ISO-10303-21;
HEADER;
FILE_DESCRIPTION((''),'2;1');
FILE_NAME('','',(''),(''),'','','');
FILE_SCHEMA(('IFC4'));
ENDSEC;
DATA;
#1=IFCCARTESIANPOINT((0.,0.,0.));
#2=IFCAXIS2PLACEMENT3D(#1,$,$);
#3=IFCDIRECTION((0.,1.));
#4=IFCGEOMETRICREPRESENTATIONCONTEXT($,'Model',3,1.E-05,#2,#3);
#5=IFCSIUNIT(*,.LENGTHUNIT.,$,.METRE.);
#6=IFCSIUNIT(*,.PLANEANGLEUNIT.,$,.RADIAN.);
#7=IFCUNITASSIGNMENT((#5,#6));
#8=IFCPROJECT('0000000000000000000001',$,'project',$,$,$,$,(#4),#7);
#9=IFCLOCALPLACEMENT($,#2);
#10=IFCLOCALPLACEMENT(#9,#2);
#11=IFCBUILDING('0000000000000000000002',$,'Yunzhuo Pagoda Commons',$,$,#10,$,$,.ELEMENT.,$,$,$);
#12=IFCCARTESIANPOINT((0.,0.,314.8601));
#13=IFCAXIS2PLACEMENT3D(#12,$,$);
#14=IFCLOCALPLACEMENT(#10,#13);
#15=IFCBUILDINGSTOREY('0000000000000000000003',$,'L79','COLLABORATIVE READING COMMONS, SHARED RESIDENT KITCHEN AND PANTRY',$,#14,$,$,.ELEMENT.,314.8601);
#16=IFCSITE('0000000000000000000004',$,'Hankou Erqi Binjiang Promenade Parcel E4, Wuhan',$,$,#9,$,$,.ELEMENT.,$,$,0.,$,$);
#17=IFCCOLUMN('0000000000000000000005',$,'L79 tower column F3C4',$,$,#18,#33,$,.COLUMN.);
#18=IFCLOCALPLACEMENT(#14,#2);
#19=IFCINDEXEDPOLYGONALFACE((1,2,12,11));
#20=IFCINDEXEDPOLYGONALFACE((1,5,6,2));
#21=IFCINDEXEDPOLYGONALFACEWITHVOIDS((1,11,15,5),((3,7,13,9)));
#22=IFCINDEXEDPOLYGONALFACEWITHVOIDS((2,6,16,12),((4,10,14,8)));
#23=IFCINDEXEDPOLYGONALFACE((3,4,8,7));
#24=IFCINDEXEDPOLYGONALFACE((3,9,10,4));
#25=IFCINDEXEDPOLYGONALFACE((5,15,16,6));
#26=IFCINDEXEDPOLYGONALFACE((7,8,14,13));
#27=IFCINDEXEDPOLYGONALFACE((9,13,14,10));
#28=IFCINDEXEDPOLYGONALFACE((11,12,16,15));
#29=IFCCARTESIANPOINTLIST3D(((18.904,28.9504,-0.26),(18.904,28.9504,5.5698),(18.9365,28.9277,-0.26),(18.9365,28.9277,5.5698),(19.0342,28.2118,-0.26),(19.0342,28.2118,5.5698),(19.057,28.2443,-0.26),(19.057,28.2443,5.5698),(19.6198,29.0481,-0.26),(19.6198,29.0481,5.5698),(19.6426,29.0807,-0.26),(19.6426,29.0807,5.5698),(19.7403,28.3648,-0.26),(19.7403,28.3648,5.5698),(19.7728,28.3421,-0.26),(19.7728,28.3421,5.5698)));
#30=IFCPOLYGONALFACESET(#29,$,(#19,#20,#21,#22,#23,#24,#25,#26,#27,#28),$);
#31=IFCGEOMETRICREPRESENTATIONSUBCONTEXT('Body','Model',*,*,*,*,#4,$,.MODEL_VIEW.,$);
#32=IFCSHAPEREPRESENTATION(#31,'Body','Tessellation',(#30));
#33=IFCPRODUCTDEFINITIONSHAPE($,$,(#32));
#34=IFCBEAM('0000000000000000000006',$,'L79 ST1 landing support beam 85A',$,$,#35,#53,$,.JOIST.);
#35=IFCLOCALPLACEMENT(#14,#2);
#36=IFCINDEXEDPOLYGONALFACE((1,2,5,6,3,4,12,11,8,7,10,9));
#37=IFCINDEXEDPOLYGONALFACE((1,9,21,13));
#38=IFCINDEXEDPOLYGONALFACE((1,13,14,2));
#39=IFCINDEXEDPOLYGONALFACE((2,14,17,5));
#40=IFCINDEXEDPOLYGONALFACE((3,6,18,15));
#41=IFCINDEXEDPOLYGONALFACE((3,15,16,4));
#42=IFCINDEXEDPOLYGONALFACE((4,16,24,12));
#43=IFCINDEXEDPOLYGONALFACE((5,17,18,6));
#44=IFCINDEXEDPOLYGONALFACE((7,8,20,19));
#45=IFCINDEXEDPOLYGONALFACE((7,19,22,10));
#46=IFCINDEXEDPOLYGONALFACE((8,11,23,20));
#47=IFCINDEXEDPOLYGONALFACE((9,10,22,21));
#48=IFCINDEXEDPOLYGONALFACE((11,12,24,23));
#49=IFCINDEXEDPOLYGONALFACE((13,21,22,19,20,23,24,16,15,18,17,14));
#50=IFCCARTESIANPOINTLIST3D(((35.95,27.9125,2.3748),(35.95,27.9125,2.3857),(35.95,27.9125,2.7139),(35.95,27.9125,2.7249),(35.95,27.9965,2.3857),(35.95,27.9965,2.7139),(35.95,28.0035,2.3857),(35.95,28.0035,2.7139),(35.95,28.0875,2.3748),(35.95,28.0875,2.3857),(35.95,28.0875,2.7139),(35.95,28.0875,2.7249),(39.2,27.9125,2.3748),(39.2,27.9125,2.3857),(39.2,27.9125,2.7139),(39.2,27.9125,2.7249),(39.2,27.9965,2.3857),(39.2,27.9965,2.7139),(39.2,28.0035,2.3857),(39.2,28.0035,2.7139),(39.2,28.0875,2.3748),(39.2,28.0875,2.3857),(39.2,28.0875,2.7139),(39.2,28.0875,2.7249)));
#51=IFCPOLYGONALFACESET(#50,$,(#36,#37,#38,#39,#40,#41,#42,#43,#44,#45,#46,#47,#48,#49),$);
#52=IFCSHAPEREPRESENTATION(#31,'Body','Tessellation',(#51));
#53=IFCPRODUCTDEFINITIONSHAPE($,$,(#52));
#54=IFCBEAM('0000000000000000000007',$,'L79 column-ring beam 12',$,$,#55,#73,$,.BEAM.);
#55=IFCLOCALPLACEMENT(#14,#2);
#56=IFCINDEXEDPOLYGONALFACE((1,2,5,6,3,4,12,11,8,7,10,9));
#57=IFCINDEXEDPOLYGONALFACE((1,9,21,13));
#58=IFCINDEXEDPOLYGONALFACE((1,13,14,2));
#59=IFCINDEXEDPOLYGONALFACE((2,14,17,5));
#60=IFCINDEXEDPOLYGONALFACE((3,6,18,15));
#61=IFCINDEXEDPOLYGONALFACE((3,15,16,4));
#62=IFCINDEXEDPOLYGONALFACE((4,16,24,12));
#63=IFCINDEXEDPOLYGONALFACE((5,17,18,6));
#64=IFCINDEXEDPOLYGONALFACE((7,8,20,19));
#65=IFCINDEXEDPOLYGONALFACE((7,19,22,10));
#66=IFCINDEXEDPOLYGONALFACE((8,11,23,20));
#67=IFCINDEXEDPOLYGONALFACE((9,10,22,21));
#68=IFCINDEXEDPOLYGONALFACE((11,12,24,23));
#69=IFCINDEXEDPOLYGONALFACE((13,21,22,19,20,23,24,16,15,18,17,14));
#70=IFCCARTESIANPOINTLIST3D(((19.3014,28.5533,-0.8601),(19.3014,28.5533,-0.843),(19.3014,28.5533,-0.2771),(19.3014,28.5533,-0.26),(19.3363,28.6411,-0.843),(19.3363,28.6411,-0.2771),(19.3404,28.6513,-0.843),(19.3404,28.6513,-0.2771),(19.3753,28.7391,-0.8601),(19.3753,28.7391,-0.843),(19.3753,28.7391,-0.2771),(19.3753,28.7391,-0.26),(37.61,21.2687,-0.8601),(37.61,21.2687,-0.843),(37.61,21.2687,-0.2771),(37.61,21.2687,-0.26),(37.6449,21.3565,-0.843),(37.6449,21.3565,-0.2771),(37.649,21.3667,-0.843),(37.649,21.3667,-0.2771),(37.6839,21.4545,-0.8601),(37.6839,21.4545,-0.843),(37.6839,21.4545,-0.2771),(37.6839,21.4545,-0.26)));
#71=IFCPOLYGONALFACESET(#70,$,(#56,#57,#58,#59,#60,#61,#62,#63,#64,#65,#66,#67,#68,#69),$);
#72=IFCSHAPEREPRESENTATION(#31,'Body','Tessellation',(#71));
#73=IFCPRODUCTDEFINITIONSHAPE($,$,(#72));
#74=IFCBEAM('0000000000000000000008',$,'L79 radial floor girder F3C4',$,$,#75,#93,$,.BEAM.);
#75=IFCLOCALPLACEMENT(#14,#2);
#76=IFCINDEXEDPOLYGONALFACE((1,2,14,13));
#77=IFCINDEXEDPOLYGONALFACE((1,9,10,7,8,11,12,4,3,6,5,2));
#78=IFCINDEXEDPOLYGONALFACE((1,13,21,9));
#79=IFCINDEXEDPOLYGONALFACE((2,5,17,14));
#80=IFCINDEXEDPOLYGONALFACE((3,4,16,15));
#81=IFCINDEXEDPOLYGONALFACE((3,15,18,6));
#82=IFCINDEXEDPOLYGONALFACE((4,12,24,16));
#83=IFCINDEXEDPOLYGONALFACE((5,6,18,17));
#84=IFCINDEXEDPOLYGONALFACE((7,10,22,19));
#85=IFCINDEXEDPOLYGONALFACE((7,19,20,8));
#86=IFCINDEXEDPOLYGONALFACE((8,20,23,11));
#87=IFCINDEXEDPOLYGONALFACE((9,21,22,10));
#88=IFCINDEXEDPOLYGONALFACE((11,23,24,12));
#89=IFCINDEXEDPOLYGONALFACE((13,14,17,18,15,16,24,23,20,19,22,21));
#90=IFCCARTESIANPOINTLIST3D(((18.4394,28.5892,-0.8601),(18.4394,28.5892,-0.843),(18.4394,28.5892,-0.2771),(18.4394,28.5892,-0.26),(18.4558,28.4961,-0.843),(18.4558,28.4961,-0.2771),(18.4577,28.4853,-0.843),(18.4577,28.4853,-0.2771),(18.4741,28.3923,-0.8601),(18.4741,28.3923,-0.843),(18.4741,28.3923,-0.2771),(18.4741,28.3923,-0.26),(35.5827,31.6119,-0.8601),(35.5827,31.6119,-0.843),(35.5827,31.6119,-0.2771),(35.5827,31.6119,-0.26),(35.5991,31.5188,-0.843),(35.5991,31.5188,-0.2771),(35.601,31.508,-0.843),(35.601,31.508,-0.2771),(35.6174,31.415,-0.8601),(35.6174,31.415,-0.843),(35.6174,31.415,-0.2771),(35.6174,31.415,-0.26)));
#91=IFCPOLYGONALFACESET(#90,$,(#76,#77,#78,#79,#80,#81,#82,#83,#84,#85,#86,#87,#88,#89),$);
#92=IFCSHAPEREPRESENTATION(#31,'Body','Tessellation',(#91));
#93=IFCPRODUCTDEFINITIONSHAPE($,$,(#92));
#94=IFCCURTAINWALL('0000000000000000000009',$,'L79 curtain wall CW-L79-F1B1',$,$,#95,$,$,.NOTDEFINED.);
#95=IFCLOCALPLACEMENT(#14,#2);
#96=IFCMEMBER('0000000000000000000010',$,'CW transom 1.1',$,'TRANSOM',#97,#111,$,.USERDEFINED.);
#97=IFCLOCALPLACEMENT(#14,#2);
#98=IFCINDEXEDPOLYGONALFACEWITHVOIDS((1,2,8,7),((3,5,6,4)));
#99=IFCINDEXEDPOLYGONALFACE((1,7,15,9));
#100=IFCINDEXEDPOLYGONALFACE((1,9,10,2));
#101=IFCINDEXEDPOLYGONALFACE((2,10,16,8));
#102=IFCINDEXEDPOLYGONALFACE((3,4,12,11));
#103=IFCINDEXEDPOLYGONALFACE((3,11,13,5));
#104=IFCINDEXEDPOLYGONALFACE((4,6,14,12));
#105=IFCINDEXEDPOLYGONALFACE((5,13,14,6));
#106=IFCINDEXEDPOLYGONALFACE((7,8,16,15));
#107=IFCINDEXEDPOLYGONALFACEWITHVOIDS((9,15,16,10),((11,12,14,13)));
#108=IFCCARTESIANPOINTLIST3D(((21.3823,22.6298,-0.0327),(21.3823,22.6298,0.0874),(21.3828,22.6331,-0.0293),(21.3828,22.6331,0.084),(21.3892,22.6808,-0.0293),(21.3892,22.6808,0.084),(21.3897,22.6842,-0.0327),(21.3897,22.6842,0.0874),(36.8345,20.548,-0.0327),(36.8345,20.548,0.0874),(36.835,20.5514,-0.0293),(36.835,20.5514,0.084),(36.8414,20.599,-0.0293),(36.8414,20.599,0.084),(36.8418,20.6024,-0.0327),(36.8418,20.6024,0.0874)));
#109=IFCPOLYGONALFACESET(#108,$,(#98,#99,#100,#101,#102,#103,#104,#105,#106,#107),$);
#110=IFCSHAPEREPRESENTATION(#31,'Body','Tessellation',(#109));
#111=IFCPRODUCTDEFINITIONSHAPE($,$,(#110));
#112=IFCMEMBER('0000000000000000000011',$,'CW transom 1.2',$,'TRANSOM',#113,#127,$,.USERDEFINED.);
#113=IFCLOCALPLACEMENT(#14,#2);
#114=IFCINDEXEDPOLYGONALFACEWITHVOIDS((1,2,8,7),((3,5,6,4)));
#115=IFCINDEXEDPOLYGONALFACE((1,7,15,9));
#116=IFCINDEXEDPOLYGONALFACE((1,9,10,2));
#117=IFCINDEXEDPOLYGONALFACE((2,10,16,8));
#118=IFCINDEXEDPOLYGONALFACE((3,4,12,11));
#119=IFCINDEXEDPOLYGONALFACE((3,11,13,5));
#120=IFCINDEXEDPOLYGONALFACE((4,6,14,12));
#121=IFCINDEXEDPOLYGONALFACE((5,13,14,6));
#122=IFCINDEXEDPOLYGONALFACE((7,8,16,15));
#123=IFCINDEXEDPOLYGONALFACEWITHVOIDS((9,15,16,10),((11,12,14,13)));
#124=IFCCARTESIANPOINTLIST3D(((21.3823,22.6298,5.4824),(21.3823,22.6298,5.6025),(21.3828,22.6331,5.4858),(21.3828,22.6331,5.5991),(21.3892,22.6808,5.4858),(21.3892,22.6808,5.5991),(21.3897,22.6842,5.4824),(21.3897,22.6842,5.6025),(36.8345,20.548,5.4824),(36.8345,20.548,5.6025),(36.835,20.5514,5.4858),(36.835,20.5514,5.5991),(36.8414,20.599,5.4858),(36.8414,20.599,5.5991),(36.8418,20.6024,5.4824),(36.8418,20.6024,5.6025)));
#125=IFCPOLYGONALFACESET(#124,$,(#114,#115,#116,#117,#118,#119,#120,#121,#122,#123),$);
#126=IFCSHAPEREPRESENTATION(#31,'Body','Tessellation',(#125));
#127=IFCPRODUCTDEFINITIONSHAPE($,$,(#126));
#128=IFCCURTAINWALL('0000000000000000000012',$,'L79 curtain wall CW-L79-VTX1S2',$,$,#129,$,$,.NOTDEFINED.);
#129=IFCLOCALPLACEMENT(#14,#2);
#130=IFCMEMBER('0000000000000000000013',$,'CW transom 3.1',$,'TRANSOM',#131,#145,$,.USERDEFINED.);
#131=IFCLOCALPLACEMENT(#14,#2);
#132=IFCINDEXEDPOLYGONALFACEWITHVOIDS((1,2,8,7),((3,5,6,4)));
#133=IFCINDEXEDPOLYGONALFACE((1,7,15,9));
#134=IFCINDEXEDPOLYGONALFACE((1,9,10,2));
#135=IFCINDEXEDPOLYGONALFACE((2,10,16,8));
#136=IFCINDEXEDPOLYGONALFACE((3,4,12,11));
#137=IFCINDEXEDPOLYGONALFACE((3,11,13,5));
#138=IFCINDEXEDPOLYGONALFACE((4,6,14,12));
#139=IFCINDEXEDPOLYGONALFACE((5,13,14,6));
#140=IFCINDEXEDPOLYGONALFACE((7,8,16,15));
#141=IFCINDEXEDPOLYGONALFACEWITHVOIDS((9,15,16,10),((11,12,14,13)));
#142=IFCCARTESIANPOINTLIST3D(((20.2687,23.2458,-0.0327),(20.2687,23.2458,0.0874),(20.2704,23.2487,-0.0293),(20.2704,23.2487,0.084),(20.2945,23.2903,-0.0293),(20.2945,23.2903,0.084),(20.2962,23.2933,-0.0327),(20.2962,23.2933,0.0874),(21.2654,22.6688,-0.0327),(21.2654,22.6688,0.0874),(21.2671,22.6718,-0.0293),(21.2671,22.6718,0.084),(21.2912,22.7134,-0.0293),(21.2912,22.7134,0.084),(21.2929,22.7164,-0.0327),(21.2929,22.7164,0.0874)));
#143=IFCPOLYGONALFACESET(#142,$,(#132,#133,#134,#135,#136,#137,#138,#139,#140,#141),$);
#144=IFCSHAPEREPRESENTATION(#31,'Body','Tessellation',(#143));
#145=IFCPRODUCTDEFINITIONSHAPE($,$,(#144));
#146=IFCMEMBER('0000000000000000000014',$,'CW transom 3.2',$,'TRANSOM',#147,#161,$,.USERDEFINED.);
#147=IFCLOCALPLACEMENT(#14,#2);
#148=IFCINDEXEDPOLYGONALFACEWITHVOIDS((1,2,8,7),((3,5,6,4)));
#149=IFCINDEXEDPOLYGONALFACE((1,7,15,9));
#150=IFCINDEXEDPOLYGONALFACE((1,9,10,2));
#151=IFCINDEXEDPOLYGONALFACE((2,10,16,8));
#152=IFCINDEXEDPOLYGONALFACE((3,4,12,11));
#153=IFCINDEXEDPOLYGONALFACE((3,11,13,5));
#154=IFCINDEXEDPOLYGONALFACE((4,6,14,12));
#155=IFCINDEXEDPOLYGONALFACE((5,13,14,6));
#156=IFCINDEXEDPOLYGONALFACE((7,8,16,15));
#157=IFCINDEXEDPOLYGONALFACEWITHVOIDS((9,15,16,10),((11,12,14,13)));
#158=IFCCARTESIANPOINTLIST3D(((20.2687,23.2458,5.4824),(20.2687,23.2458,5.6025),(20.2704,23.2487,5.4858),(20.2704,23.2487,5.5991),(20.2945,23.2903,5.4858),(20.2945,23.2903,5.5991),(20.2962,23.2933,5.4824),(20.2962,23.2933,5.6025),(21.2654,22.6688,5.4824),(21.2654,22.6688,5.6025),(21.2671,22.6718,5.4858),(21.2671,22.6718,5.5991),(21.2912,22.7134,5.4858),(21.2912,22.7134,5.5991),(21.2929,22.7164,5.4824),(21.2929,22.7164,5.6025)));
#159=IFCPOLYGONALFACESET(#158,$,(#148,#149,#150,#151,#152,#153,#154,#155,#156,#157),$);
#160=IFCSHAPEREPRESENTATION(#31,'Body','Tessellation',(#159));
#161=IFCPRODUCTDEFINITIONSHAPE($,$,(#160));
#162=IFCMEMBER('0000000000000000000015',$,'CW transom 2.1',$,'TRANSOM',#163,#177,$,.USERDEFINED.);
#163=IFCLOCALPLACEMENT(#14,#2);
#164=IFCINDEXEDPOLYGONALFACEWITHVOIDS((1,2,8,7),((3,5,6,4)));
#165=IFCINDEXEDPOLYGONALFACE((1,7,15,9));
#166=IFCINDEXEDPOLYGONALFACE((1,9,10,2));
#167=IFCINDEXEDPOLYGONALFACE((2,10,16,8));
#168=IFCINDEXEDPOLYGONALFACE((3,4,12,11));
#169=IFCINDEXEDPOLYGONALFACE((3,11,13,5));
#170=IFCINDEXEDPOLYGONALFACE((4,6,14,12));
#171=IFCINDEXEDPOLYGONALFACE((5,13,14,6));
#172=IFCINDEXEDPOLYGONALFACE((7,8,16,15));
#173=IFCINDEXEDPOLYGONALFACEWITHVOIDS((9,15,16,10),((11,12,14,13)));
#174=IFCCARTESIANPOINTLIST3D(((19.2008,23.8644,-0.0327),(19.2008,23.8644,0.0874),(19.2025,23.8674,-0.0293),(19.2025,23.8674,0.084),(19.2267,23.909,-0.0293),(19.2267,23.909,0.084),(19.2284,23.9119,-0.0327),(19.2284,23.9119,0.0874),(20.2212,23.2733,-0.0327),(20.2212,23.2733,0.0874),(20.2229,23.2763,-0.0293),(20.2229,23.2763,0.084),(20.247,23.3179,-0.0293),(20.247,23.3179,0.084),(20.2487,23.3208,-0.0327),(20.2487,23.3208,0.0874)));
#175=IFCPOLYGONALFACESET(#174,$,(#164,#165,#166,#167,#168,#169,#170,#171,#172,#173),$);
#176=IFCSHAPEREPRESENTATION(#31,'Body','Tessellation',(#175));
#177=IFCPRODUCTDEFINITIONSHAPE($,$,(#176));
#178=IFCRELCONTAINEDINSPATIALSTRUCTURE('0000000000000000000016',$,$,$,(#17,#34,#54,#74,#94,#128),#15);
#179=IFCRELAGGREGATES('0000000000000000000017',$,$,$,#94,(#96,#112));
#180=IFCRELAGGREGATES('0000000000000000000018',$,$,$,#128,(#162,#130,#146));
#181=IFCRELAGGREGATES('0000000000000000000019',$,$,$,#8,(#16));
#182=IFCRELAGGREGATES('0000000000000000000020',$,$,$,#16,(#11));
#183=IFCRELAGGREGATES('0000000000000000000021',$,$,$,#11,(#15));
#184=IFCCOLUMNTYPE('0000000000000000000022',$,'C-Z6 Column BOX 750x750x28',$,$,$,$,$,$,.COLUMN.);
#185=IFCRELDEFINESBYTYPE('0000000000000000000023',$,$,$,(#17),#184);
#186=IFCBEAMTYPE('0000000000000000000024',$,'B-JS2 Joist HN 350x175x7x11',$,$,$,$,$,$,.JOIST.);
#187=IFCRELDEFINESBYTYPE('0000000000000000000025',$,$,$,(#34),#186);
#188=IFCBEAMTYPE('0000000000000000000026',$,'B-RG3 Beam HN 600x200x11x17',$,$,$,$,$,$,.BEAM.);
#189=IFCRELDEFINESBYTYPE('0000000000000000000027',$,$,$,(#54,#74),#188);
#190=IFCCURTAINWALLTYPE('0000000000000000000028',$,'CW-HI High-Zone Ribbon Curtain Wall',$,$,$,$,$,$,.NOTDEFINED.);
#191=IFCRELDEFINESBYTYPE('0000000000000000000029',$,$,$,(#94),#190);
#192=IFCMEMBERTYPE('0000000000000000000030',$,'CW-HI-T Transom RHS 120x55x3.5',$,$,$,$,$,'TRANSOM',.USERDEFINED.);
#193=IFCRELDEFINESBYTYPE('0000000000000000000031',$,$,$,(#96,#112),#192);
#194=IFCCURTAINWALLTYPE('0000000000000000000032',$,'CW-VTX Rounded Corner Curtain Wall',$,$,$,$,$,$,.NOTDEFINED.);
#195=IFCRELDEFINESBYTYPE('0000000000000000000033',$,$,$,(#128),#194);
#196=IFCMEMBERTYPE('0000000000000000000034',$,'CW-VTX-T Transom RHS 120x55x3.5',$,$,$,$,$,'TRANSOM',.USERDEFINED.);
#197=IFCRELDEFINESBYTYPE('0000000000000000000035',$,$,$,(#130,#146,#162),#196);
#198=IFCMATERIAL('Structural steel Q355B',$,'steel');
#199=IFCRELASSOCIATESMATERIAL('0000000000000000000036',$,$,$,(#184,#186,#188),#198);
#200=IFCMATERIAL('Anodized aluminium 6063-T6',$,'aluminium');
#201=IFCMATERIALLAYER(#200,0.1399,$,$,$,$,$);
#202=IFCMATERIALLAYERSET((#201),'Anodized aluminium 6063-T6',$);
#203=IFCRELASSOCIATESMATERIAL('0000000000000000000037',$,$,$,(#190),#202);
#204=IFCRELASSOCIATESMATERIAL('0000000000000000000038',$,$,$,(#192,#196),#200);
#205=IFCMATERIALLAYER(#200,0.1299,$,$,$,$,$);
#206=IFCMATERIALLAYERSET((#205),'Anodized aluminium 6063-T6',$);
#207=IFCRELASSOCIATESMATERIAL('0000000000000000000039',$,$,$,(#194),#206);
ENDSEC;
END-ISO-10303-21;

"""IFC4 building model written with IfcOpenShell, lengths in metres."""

from ifc_helpers import new_model, si_unit, direction, frame, origin, origin_2d, place, context, subcontext, project, spatial, hollow_rectangle, i_section, extrude, source, transform, mapped, material, layer, layer_set, material_profile, profile_set, type_object, element, aggregate, save


model = new_model("IFC4")

# Units and contexts
model_context = context("Model", 3, precision=1e-05, world=origin(), true_north=direction((0.0, 1.0)))
body_context = subcontext(model_context, "Body", "Model", "MODEL_VIEW")
ifc_project = project(units=[si_unit("LENGTHUNIT", "METRE"), si_unit("PLANEANGLEUNIT", "RADIAN")], contexts=[model_context])

# Site, building, storey
site_placement = place(None, origin())
site = spatial("IfcSite", under=ifc_project, at=site_placement, Name="Hankou Erqi Binjiang Promenade Parcel E4, Wuhan", CompositionType="ELEMENT", RefElevation=0.0)
building_placement = place(site_placement, origin())
building = spatial("IfcBuilding", under=site, at=building_placement, Name="Yunzhuo Pagoda Commons", CompositionType="ELEMENT")
storey_placement = place(building_placement, frame((0.0, 0.0, 314.8601)))
storey = spatial("IfcBuildingStorey", under=building, at=storey_placement, Name="L79", Description="COLLABORATIVE READING COMMONS, SHARED RESIDENT KITCHEN AND PANTRY", CompositionType="ELEMENT", Elevation=314.8601)

# Column
ifc_material_1 = material(Name="Structural steel Q355B", Category="steel")
ifc_material_profile_1 = material_profile(ifc_material_1, hollow_rectangle(XDim=0.75, YDim=0.75, WallThickness=0.0281, at=origin_2d()), Name="Structural steel Q355B")
ifc_profile_set_1 = profile_set([ifc_material_profile_1], Name="Structural steel Q355B")
column_type = type_object("IfcColumnType", Name="C-Z6 Column BOX 750x750x28", PredefinedType="COLUMN", material=ifc_profile_set_1)
shared_shape_1 = source(origin(), body_context, "Body", "SweptSolid", [
    extrude(hollow_rectangle(XDim=0.75, YDim=0.75, WallThickness=0.0281, at=origin_2d()), origin(), (0.0, 0.0, 1.0), 5.8298),
])
column_placement = place(storey_placement, frame((19.3384, 28.6462, -0.26), z_axis=(0.0, 0.0, 1.0), x_axis=(0.173648, -0.984808, 0.0)))
element("IfcColumn", 1, at=column_placement, inside=storey, type_object=column_type, Name="L79 tower column F3C4", PredefinedType="COLUMN", context=body_context, shape_type="MappedRepresentation", body=[
    mapped(shared_shape_1, transform((0.0, 0.0, 0.0), scale=1.0)),
])

# Beams
ifc_material_profile_2 = material_profile(ifc_material_1, i_section(OverallWidth=0.175, OverallDepth=0.3501, WebThickness=0.0071, FlangeThickness=0.011, at=origin_2d()), Name="Structural steel Q355B")
ifc_profile_set_2 = profile_set([ifc_material_profile_2], Name="Structural steel Q355B")
beam_type_1 = type_object("IfcBeamType", Name="B-JS2 Joist HN 350x175x7x11", PredefinedType="JOIST", material=ifc_profile_set_2)
shared_shape_2 = source(origin(), body_context, "Body", "SweptSolid", [
    extrude(i_section(OverallWidth=0.175, OverallDepth=0.3501, WebThickness=0.0071, FlangeThickness=0.011, at=origin_2d()), origin(), (0.0, 0.0, 1.0), 3.25),
])
beam_1_placement = place(storey_placement, frame((35.95, 28.0, 2.5498), z_axis=(1.0, 0.0, 0.0), x_axis=(0.0, 1.0, 0.0)))
element("IfcBeam", 2, at=beam_1_placement, inside=storey, type_object=beam_type_1, Name="L79 ST1 landing support beam 85A", PredefinedType="JOIST", context=body_context, shape_type="MappedRepresentation", body=[
    mapped(shared_shape_2, transform((0.0, 0.0, 0.0), scale=1.0)),
])
ifc_material_profile_3 = material_profile(ifc_material_1, i_section(OverallWidth=0.2, OverallDepth=0.6001, WebThickness=0.011, FlangeThickness=0.0171, at=origin_2d()), Name="Structural steel Q355B")
ifc_profile_set_3 = profile_set([ifc_material_profile_3], Name="Structural steel Q355B")
beam_type_2 = type_object("IfcBeamType", Name="B-RG3 Beam HN 600x200x11x17", PredefinedType="BEAM", material=ifc_profile_set_3)
shared_shape_3 = source(origin(), body_context, "Body", "SweptSolid", [
    extrude(i_section(OverallWidth=0.2, OverallDepth=0.6001, WebThickness=0.011, FlangeThickness=0.0171, at=origin_2d()), origin(), (0.0, 0.0, 1.0), 19.7046),
])
beam_2_placement = place(storey_placement, frame((19.3384, 28.6462, -0.5601), z_axis=(0.929154, -0.369694, 0.0), x_axis=(0.369694, 0.929154, 0.0)))
element("IfcBeam", 3, at=beam_2_placement, inside=storey, type_object=beam_type_2, Name="L79 column-ring beam 12", PredefinedType="BEAM", context=body_context, shape_type="MappedRepresentation", body=[
    mapped(shared_shape_3, transform((0.0, 0.0, 0.0), scale=1.0)),
])
shared_shape_4 = source(origin(), body_context, "Body", "SweptSolid", [
    extrude(i_section(OverallWidth=0.2, OverallDepth=0.6001, WebThickness=0.011, FlangeThickness=0.0171, at=origin_2d()), origin(), (0.0, 0.0, 1.0), 17.4077),
])
beam_3_placement = place(storey_placement, frame((18.4568, 28.4907, -0.5601), z_axis=(0.984809, 0.173641, 0.0), x_axis=(-0.173641, 0.984809, 0.0)))
element("IfcBeam", 4, at=beam_3_placement, inside=storey, type_object=beam_type_2, Name="L79 radial floor girder F3C4", PredefinedType="BEAM", context=body_context, shape_type="MappedRepresentation", body=[
    mapped(shared_shape_4, transform((0.0, 0.0, 0.0), scale=1.0)),
])

# Curtain walls, members
ifc_material_2 = material(Name="Anodized aluminium 6063-T6", Category="aluminium")
ifc_layer_1 = layer(ifc_material_2, 0.1399)
ifc_layer_set_1 = layer_set([ifc_layer_1], Name="Anodized aluminium 6063-T6")
curtain_wall_type_1 = type_object("IfcCurtainWallType", Name="CW-HI High-Zone Ribbon Curtain Wall", PredefinedType="NOTDEFINED", material=ifc_layer_set_1)
curtain_wall_1_placement = place(storey_placement, origin())
curtain_wall_1 = element("IfcCurtainWall", 5, at=curtain_wall_1_placement, inside=storey, type_object=curtain_wall_type_1, Name="L79 curtain wall CW-L79-F1B1", PredefinedType="NOTDEFINED")
ifc_material_profile_4 = material_profile(ifc_material_2, hollow_rectangle(XDim=0.0549, YDim=0.1201, WallThickness=0.0034, at=origin_2d()), Name="Anodized aluminium 6063-T6")
ifc_profile_set_4 = profile_set([ifc_material_profile_4], Name="Anodized aluminium 6063-T6")
member_type_1 = type_object("IfcMemberType", Name="CW-HI-T Transom RHS 120x55x3.5", ElementType="TRANSOM", PredefinedType="USERDEFINED", material=ifc_profile_set_4)
shared_shape_5 = source(origin(), body_context, "Body", "SweptSolid", [
    extrude(hollow_rectangle(XDim=0.0549, YDim=0.1201, WallThickness=0.0034, at=origin_2d()), origin(), (0.0, 0.0, 1.0), 15.5918),
])
member_1_placement = place(storey_placement, frame((21.386, 22.657, 0.0273), z_axis=(0.991046, -0.133518, 0.0), x_axis=(0.133518, 0.991046, 0.0)))
member_1 = element("IfcMember", 6, at=member_1_placement, type_object=member_type_1, Name="CW transom 1.1", ObjectType="TRANSOM", PredefinedType="USERDEFINED", context=body_context, shape_type="MappedRepresentation", body=[
    mapped(shared_shape_5, transform((0.0, 0.0, 0.0), scale=1.0)),
])
member_2_placement = place(storey_placement, frame((21.386, 22.657, 5.5425), z_axis=(0.991046, -0.133518, 0.0), x_axis=(0.133518, 0.991046, 0.0)))
member_2 = element("IfcMember", 7, at=member_2_placement, type_object=member_type_1, Name="CW transom 1.2", ObjectType="TRANSOM", PredefinedType="USERDEFINED", context=body_context, shape_type="MappedRepresentation", body=[
    mapped(shared_shape_5, transform((0.0, 0.0, 0.0), scale=1.0)),
])
ifc_layer_2 = layer(ifc_material_2, 0.1299)
ifc_layer_set_2 = layer_set([ifc_layer_2], Name="Anodized aluminium 6063-T6")
curtain_wall_type_2 = type_object("IfcCurtainWallType", Name="CW-VTX Rounded Corner Curtain Wall", PredefinedType="NOTDEFINED", material=ifc_layer_set_2)
curtain_wall_2_placement = place(storey_placement, origin())
curtain_wall_2 = element("IfcCurtainWall", 8, at=curtain_wall_2_placement, inside=storey, type_object=curtain_wall_type_2, Name="L79 curtain wall CW-L79-VTX1S2", PredefinedType="NOTDEFINED")
ifc_material_profile_5 = material_profile(ifc_material_2, hollow_rectangle(XDim=0.0549, YDim=0.1201, WallThickness=0.0034, at=origin_2d()), Name="Anodized aluminium 6063-T6")
ifc_profile_set_5 = profile_set([ifc_material_profile_5], Name="Anodized aluminium 6063-T6")
member_type_2 = type_object("IfcMemberType", Name="CW-VTX-T Transom RHS 120x55x3.5", ElementType="TRANSOM", PredefinedType="USERDEFINED", material=ifc_profile_set_5)
shared_shape_6 = source(origin(), body_context, "Body", "SweptSolid", [
    extrude(hollow_rectangle(XDim=0.0549, YDim=0.1201, WallThickness=0.0034, at=origin_2d()), origin(), (0.0, 0.0, 1.0), 1.1516),
])
member_3_placement = place(storey_placement, frame((20.2825, 23.2695, 0.0273), z_axis=(0.86545, -0.500994, 0.0), x_axis=(0.500994, 0.86545, 0.0)))
member_3 = element("IfcMember", 9, at=member_3_placement, type_object=member_type_2, Name="CW transom 3.1", ObjectType="TRANSOM", PredefinedType="USERDEFINED", context=body_context, shape_type="MappedRepresentation", body=[
    mapped(shared_shape_6, transform((0.0, 0.0, 0.0), scale=1.0)),
])
member_4_placement = place(storey_placement, frame((20.2825, 23.2695, 5.5425), z_axis=(0.86545, -0.500994, 0.0), x_axis=(0.500994, 0.86545, 0.0)))
member_4 = element("IfcMember", 10, at=member_4_placement, type_object=member_type_2, Name="CW transom 3.2", ObjectType="TRANSOM", PredefinedType="USERDEFINED", context=body_context, shape_type="MappedRepresentation", body=[
    mapped(shared_shape_6, transform((0.0, 0.0, 0.0), scale=1.0)),
])
shared_shape_7 = source(origin(), body_context, "Body", "SweptSolid", [
    extrude(hollow_rectangle(XDim=0.0549, YDim=0.1201, WallThickness=0.0034, at=origin_2d()), origin(), (0.0, 0.0, 1.0), 1.1792),
])
member_5_placement = place(storey_placement, frame((19.2146, 23.8882, 0.0273), z_axis=(0.865284, -0.501281, 0.0), x_axis=(0.501281, 0.865284, 0.0)))
member_5 = element("IfcMember", 11, at=member_5_placement, type_object=member_type_2, Name="CW transom 2.1", ObjectType="TRANSOM", PredefinedType="USERDEFINED", context=body_context, shape_type="MappedRepresentation", body=[
    mapped(shared_shape_7, transform((0.0, 0.0, 0.0), scale=1.0)),
])

aggregate(curtain_wall_1, [member_1, member_2])
aggregate(curtain_wall_2, [member_5, member_3, member_4])

save(model, "model.ifc")
